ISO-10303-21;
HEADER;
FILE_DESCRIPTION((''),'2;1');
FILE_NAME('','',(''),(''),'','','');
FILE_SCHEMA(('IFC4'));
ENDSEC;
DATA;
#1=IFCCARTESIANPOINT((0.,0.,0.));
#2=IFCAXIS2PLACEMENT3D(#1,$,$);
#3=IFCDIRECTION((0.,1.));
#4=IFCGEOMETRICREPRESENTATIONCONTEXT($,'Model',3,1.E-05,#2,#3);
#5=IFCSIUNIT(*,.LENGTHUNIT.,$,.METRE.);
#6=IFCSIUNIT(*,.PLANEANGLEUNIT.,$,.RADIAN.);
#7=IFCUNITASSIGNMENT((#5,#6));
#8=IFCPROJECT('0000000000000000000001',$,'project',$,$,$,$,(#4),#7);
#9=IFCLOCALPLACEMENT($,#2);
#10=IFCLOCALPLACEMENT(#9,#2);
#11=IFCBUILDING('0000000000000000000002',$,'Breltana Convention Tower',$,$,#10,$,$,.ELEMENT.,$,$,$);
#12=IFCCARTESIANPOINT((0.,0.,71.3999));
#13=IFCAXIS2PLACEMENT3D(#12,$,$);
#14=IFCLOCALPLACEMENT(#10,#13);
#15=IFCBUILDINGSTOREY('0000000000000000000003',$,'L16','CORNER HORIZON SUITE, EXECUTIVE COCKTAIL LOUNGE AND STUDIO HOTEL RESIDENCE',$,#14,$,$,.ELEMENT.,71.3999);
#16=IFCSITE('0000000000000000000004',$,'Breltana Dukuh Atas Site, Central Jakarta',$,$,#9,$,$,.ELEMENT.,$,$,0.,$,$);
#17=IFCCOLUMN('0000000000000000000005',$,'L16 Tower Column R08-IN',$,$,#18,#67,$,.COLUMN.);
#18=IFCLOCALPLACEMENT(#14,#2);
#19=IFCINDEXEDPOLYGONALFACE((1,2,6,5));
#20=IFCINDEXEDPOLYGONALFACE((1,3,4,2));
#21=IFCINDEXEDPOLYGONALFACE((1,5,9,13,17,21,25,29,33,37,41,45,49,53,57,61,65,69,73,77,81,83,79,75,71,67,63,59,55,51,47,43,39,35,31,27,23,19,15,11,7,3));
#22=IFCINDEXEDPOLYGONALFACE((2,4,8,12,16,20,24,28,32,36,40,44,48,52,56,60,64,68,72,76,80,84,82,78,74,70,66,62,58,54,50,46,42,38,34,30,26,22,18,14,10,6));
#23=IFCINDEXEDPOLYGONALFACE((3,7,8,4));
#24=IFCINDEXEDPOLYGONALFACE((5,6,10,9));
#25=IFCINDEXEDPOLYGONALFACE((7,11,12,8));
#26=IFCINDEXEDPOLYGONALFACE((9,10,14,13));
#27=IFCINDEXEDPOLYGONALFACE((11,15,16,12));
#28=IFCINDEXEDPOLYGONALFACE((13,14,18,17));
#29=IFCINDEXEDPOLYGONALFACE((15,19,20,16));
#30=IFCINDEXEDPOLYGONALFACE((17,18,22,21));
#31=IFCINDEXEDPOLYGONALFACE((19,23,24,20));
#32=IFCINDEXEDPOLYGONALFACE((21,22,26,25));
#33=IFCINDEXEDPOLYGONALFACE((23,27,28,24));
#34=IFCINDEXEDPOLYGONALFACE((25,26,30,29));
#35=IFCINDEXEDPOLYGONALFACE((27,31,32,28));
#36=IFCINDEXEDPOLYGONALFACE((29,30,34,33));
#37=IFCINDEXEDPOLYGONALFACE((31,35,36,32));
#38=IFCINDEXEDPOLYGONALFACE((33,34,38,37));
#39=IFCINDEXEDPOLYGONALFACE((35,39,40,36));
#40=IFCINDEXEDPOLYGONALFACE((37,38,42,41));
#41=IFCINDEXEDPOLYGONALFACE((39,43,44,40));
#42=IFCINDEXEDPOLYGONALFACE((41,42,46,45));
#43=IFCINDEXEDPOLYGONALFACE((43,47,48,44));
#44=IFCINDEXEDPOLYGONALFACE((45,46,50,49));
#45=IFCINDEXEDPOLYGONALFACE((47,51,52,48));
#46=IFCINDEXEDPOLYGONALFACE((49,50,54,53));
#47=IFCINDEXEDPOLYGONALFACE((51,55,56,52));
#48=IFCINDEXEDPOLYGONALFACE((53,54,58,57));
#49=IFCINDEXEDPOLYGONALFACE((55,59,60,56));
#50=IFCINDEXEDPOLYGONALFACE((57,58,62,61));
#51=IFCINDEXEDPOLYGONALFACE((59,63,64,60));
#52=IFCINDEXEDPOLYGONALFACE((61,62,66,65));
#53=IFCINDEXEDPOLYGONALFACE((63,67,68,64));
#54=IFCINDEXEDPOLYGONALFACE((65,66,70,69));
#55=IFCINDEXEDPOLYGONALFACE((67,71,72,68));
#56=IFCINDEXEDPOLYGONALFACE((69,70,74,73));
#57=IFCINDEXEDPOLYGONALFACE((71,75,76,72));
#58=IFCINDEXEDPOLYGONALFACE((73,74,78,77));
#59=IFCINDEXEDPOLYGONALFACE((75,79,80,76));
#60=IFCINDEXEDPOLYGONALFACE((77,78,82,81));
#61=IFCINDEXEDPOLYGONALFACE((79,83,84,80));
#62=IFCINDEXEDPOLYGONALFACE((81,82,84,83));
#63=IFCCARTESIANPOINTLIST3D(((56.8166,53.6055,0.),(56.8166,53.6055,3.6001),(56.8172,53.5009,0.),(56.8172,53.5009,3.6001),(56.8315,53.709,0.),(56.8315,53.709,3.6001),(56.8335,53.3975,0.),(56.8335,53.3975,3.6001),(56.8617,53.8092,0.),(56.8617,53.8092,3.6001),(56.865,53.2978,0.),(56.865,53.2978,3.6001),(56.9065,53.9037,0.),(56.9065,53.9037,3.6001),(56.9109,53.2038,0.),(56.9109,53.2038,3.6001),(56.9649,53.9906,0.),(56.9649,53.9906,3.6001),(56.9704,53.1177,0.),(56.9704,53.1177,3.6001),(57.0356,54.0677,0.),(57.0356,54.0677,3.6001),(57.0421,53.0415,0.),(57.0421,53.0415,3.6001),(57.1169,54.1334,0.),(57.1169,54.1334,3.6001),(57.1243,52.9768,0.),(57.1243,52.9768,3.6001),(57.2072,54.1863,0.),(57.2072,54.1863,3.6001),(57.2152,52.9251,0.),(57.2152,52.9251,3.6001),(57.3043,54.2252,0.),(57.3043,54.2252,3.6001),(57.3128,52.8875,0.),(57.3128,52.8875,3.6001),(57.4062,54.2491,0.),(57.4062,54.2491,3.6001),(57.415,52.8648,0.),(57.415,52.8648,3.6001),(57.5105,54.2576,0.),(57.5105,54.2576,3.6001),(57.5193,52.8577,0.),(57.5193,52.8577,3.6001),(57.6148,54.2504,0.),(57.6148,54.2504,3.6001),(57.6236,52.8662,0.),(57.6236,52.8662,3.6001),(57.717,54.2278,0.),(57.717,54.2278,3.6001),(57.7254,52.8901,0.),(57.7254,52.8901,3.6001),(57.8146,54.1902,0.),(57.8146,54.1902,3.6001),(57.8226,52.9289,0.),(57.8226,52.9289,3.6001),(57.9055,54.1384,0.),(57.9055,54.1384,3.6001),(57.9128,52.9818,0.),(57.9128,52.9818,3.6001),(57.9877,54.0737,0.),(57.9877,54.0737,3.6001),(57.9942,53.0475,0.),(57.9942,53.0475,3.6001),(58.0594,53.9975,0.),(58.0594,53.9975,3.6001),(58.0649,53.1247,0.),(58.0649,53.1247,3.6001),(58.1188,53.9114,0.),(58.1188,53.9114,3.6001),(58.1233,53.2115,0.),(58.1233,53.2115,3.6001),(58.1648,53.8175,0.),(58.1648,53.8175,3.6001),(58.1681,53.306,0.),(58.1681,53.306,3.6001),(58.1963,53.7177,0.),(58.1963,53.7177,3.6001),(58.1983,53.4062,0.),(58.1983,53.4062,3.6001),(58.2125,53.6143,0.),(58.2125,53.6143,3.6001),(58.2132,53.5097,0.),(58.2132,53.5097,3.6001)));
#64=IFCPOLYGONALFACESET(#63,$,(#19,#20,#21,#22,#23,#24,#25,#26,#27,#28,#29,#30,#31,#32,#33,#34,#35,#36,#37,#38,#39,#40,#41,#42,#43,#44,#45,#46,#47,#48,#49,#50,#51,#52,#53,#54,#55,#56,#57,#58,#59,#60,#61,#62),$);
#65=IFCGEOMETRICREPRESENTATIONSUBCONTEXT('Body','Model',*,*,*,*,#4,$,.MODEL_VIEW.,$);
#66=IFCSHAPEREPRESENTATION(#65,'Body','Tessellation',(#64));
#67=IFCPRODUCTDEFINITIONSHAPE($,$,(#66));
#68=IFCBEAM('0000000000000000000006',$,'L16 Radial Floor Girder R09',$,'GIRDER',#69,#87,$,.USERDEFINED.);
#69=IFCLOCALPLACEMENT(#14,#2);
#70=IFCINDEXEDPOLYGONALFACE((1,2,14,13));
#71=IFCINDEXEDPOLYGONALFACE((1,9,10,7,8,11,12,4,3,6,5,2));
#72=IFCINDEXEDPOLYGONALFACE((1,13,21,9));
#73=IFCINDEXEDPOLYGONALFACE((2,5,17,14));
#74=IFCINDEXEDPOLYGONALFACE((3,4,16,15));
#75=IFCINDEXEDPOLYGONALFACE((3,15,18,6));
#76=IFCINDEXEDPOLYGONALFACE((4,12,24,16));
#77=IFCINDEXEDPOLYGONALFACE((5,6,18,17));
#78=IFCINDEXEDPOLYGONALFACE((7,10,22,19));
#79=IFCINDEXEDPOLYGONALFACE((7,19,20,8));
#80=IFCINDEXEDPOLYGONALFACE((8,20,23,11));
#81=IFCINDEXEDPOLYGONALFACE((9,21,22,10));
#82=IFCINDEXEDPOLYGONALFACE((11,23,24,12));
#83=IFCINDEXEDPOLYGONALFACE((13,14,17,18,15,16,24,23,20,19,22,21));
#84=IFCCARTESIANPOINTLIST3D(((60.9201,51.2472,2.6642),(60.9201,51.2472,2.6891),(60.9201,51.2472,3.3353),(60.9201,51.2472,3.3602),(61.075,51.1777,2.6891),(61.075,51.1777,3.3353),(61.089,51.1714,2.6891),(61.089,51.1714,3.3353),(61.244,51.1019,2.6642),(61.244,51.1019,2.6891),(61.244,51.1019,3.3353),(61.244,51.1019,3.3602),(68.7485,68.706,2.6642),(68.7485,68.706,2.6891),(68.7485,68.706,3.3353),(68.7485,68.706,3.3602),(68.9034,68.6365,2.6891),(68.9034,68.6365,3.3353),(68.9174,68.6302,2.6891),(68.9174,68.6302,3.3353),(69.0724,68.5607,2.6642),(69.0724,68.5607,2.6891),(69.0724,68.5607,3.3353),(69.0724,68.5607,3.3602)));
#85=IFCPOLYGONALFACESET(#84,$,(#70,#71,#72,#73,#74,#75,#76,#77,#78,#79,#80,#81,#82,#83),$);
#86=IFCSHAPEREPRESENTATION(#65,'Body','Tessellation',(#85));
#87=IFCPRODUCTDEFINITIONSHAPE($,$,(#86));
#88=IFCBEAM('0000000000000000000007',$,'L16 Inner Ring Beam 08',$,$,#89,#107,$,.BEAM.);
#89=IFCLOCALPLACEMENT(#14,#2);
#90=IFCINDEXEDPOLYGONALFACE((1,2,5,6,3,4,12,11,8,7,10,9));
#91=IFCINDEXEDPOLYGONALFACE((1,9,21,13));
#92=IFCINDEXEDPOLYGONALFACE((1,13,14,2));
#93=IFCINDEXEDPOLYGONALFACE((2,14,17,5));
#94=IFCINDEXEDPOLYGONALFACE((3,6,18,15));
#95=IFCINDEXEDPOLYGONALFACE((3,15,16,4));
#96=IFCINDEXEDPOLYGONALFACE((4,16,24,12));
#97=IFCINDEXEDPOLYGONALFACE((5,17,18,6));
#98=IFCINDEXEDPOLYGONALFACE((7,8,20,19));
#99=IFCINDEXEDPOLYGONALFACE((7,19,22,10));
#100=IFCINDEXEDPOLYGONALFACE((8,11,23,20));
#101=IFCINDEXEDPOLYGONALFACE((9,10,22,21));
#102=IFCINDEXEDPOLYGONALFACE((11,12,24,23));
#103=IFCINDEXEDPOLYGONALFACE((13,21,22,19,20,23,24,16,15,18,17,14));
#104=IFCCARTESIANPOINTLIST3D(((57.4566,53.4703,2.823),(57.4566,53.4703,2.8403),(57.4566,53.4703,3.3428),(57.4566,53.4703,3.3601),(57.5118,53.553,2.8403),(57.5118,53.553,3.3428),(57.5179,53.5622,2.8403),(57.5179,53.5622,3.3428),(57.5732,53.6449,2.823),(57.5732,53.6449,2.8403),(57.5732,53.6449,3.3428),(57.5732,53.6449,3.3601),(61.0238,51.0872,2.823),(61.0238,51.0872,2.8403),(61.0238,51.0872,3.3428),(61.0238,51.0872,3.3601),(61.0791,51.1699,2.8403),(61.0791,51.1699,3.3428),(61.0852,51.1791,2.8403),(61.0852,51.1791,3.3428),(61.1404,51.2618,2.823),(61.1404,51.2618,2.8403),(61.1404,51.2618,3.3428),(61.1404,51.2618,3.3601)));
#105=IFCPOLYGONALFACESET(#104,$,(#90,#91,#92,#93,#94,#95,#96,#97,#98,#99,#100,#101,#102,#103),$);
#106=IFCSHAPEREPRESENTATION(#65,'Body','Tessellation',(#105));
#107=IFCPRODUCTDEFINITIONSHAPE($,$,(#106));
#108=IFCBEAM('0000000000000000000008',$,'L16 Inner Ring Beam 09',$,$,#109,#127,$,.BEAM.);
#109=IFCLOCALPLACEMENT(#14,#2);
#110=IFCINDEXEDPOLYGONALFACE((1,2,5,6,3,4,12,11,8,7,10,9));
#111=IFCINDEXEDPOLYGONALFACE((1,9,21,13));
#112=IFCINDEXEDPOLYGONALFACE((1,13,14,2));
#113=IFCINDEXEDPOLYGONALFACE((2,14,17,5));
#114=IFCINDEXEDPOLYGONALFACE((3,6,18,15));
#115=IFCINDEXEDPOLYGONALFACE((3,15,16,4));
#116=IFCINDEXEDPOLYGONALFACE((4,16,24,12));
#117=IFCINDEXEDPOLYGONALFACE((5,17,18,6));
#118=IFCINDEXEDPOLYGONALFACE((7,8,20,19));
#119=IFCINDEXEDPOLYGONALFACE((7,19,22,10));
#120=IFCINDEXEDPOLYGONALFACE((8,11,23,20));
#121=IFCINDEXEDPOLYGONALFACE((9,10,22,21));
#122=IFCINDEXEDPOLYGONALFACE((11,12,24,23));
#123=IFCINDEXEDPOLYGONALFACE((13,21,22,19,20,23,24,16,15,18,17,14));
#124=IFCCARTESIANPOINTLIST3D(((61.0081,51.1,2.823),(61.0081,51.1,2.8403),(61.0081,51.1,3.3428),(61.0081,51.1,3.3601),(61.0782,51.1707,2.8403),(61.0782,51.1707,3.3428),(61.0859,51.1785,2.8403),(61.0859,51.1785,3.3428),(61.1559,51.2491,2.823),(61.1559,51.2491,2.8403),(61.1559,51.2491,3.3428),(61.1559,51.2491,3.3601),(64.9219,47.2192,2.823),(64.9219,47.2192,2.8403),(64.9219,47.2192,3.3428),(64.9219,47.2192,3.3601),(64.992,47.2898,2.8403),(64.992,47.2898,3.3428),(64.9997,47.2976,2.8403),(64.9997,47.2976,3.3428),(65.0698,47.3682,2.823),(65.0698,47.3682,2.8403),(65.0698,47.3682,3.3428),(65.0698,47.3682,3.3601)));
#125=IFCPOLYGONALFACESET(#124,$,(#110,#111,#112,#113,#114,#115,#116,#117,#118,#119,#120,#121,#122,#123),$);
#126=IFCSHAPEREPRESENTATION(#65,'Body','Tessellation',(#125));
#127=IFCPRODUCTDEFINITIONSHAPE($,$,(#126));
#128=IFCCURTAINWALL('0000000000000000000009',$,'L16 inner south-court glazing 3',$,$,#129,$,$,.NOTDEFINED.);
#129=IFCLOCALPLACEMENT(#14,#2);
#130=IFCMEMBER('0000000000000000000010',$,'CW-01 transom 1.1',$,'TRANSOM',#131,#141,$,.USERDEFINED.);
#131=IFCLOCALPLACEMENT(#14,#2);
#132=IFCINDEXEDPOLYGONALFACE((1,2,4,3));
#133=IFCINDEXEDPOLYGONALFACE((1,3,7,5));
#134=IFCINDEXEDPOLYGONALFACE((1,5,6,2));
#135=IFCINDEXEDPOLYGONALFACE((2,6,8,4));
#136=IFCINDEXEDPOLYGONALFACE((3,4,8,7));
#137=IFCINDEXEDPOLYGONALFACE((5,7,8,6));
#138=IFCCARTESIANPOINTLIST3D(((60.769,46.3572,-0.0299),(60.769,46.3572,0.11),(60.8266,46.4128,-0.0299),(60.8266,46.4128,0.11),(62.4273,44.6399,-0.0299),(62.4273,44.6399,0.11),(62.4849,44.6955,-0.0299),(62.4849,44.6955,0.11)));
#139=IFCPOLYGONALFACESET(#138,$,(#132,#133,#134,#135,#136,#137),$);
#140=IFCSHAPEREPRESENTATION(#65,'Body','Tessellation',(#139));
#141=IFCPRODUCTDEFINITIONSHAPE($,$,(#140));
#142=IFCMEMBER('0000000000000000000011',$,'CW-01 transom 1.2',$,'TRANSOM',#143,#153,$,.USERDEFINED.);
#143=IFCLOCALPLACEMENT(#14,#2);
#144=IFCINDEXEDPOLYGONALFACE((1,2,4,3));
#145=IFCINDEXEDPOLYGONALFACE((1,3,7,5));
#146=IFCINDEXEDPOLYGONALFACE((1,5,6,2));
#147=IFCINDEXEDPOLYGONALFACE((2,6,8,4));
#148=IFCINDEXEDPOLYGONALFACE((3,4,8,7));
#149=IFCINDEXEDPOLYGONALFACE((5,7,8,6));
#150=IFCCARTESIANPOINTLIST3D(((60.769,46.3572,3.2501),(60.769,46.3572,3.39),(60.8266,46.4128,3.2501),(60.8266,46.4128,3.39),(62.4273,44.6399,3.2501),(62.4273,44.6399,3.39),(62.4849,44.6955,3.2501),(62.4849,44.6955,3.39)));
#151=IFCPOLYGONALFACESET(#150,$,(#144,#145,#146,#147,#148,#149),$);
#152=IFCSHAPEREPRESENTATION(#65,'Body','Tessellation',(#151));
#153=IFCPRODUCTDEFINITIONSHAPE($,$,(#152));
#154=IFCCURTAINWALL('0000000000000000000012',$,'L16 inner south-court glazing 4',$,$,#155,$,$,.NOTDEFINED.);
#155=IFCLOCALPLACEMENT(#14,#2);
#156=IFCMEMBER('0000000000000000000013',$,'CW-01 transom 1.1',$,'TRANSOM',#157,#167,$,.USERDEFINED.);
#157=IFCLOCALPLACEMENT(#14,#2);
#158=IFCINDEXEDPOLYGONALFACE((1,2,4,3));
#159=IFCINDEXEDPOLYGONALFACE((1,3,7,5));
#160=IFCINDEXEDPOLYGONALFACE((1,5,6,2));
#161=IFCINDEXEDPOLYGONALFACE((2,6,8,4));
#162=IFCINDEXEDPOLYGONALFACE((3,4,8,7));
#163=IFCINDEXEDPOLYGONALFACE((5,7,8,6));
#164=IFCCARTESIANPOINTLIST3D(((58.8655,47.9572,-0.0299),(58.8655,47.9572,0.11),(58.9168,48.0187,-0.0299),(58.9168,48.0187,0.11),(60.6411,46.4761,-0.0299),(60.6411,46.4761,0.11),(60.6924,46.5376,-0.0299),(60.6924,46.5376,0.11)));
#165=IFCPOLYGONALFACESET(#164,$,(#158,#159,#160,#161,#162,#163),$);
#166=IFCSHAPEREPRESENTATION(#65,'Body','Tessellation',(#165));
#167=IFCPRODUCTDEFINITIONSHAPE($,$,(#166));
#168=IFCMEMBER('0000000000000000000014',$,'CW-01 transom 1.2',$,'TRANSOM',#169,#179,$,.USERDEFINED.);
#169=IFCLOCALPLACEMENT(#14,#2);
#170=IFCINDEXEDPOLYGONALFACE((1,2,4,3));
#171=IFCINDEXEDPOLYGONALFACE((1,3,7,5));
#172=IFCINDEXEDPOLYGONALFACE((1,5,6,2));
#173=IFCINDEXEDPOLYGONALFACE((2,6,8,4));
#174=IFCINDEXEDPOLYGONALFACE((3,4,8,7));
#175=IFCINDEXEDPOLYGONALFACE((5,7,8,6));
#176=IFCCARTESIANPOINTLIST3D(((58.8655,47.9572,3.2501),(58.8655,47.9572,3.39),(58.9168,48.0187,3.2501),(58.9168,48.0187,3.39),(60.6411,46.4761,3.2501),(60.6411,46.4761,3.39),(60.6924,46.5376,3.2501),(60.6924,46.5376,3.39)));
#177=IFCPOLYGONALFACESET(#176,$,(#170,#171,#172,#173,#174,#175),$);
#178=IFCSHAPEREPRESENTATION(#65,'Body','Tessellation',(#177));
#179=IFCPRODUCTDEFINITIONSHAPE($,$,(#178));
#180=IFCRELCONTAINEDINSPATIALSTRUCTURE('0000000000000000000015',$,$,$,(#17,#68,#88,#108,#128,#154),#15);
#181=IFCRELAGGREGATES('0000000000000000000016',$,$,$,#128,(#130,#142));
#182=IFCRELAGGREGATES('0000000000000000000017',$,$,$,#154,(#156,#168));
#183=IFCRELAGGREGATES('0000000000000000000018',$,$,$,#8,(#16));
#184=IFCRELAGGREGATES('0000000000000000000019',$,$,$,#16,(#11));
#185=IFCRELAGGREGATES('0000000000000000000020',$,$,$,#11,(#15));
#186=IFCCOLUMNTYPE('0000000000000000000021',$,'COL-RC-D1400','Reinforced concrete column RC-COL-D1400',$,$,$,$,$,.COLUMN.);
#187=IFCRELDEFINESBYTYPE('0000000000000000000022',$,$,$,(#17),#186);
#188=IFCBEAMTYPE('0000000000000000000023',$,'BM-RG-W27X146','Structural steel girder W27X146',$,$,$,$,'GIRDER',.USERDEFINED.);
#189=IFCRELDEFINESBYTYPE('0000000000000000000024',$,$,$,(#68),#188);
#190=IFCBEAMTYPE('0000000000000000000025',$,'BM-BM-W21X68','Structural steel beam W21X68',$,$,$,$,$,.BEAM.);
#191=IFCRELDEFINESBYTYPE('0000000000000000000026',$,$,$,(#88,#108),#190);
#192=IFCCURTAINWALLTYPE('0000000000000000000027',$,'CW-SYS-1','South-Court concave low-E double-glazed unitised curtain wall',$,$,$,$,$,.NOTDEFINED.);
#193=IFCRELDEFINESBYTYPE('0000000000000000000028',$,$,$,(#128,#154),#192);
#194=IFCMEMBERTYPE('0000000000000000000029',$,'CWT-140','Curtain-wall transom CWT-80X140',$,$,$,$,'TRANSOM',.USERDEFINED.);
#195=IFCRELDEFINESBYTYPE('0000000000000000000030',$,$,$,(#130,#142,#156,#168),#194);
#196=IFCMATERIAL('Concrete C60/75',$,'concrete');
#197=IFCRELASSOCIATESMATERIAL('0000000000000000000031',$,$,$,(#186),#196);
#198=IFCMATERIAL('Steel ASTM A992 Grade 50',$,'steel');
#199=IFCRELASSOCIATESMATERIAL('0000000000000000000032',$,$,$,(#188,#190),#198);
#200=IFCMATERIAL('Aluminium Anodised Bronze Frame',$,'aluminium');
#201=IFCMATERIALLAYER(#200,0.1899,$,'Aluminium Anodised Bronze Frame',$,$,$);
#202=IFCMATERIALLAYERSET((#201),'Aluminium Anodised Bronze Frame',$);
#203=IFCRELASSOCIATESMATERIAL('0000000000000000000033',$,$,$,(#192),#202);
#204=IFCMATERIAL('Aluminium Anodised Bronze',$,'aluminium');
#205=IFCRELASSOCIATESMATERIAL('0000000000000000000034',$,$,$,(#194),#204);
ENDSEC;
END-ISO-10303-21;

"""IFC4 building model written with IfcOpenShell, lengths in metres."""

from ifc_helpers import new_model, si_unit, direction, frame, origin, origin_2d, place, context, subcontext, project, spatial, rectangle, circle, i_section, extrude, source, transform, mapped, material, layer, layer_set, material_profile, profile_set, type_object, type_shapes, element, aggregate, save


model = new_model("IFC4")

# Units and contexts
model_context = context("Model", 3, precision=1e-05, world=origin(), true_north=direction((0.0, 1.0)))
body_context = subcontext(model_context, "Body", "Model", "MODEL_VIEW")
ifc_project = project(units=[si_unit("LENGTHUNIT", "METRE"), si_unit("PLANEANGLEUNIT", "RADIAN")], contexts=[model_context])

# Site, building, storey
site_placement = place(None, origin())
site = spatial("IfcSite", under=ifc_project, at=site_placement, Name="Breltana Dukuh Atas Site, Central Jakarta", CompositionType="ELEMENT", RefElevation=0.0)
building_placement = place(site_placement, origin())
building = spatial("IfcBuilding", under=site, at=building_placement, Name="Breltana Convention Tower", CompositionType="ELEMENT")
storey_placement = place(building_placement, frame((0.0, 0.0, 71.3999)))
storey = spatial("IfcBuildingStorey", under=building, at=storey_placement, Name="L16", Description="CORNER HORIZON SUITE, EXECUTIVE COCKTAIL LOUNGE AND STUDIO HOTEL RESIDENCE", CompositionType="ELEMENT", Elevation=71.3999)

# Column
ifc_material_1 = material(Name="Concrete C60/75", Category="concrete")
ifc_material_profile_1 = material_profile(ifc_material_1, circle(Radius=0.7, at=origin_2d()), Name="RC-COL-D1400")
ifc_profile_set_1 = profile_set([ifc_material_profile_1], Name="Concrete C60/75")
column_type = type_object("IfcColumnType", Name="COL-RC-D1400", Description="Reinforced concrete column RC-COL-D1400", PredefinedType="COLUMN", material=ifc_profile_set_1)
shared_shape_1 = source(origin(), body_context, "Body", "SweptSolid", [
    extrude(circle(Radius=0.7, at=origin_2d()), origin(), (0.0, 0.0, 1.0), 3.6001),
])
for number, where, z_axis, x_axis, name in (
    (1, (57.5149, 53.5576, 0.0), (0.0, 0.0, 1.0), (0.288698, 0.95742, 0.0), "L16 Tower Column R08-IN"),
):
    element("IfcColumn", number, at=place(storey_placement, frame(where, z_axis=z_axis, x_axis=x_axis)), inside=storey, type_object=column_type, Name=name, PredefinedType="COLUMN", context=body_context, shape_type="MappedRepresentation", body=[
        mapped(shared_shape_1, transform((0.0, 0.0, 0.0), scale=1.0)),
    ])

# Beams
ifc_material_2 = material(Name="Steel ASTM A992 Grade 50", Category="steel")
ifc_material_profile_2 = material_profile(ifc_material_2, i_section(OverallWidth=0.355, OverallDepth=0.696, WebThickness=0.0154, FlangeThickness=0.0249, at=origin_2d()), Name="W27X146")
ifc_profile_set_2 = profile_set([ifc_material_profile_2], Name="Steel ASTM A992 Grade 50")
beam_type_1 = type_object("IfcBeamType", Name="BM-RG-W27X146", Description="Structural steel girder W27X146", ElementType="GIRDER", PredefinedType="USERDEFINED", material=ifc_profile_set_2)
shared_shape_2 = source(origin(), body_context, "Body", "SweptSolid", [
    extrude(i_section(OverallWidth=0.355, OverallDepth=0.696, WebThickness=0.0154, FlangeThickness=0.0249, at=origin_2d()), origin(), (0.0, 0.0, 1.0), 19.1335),
])
beam_1_placement = place(storey_placement, frame((61.082, 51.1746, 3.0122), z_axis=(0.409145, 0.91247, 0.0), x_axis=(-0.91247, 0.409145, 0.0)))
element("IfcBeam", 2, at=beam_1_placement, inside=storey, type_object=beam_type_1, Name="L16 Radial Floor Girder R09", ObjectType="GIRDER", PredefinedType="USERDEFINED", context=body_context, shape_type="MappedRepresentation", body=[
    mapped(shared_shape_2, transform((0.0, 0.0, 0.0), scale=1.0)),
])
ifc_material_profile_3 = material_profile(ifc_material_2, i_section(OverallWidth=0.21, OverallDepth=0.5371, WebThickness=0.011, FlangeThickness=0.0173, at=origin_2d()), Name="W21X68")
ifc_profile_set_3 = profile_set([ifc_material_profile_3], Name="Steel ASTM A992 Grade 50")
beam_type_2 = type_object("IfcBeamType", Name="BM-BM-W21X68", Description="Structural steel beam W21X68", PredefinedType="BEAM", material=ifc_profile_set_3)
shared_shape_3 = source(origin(), body_context, "Body", "SweptSolid", [
    extrude(i_section(OverallWidth=0.21, OverallDepth=0.5371, WebThickness=0.011, FlangeThickness=0.0173, at=origin_2d()), origin(), (0.0, 0.0, 1.0), 4.29),
])
beam_2_placement = place(storey_placement, frame((57.5149, 53.5576, 3.0916), z_axis=(0.831516, -0.555501, 0.0), x_axis=(0.555501, 0.831516, 0.0)))
element("IfcBeam", 3, at=beam_2_placement, inside=storey, type_object=beam_type_2, Name="L16 Inner Ring Beam 08", PredefinedType="BEAM", context=body_context, shape_type="MappedRepresentation", body=[
    mapped(shared_shape_3, transform((0.0, 0.0, 0.0), scale=1.0)),
])
shared_shape_4 = source(origin(), body_context, "Body", "SweptSolid", [
    extrude(i_section(OverallWidth=0.21, OverallDepth=0.5371, WebThickness=0.011, FlangeThickness=0.0173, at=origin_2d()), origin(), (0.0, 0.0, 1.0), 5.5117),
])
beam_3_placement = place(storey_placement, frame((61.082, 51.1746, 3.0916), z_axis=(0.71009, -0.704111, 0.0), x_axis=(0.704111, 0.71009, 0.0)))
element("IfcBeam", 4, at=beam_3_placement, inside=storey, type_object=beam_type_2, Name="L16 Inner Ring Beam 09", PredefinedType="BEAM", context=body_context, shape_type="MappedRepresentation", body=[
    mapped(shared_shape_4, transform((0.0, 0.0, 0.0), scale=1.0)),
])

# Curtain walls, members
ifc_material_3 = material(Name="Aluminium Anodised Bronze Frame", Category="aluminium")
ifc_layer_1 = layer(ifc_material_3, 0.1899, Name="Aluminium Anodised Bronze Frame")
ifc_layer_set_1 = layer_set([ifc_layer_1], Name="Aluminium Anodised Bronze Frame")
curtain_wall_type = type_object("IfcCurtainWallType", Name="CW-SYS-1", Description="South-Court concave low-E double-glazed unitised curtain wall", PredefinedType="NOTDEFINED", material=ifc_layer_set_1)
curtain_wall_1_placement = place(storey_placement, origin())
curtain_wall_1 = element("IfcCurtainWall", 5, at=curtain_wall_1_placement, inside=storey, type_object=curtain_wall_type, Name="L16 inner south-court glazing 3", PredefinedType="NOTDEFINED")
ifc_material_4 = material(Name="Aluminium Anodised Bronze", Category="aluminium")
ifc_material_profile_4 = material_profile(ifc_material_4, rectangle(XDim=0.0801, YDim=0.1399, at=origin_2d()), Name="CWT-80X140")
ifc_profile_set_4 = profile_set([ifc_material_profile_4], Name="Aluminium Anodised Bronze")
member_type_1 = type_object("IfcMemberType", Name="CWT-140", Description="Curtain-wall transom CWT-80X140", ElementType="TRANSOM", PredefinedType="USERDEFINED", material=ifc_profile_set_4)
shared_shape_5 = source(origin(), body_context, "Body", "SweptSolid", [
    extrude(rectangle(XDim=0.0801, YDim=0.1399, at=origin_2d()), origin(), (0.0, 0.0, 1.0), 2.3872),
])
type_shapes(member_type_1, [shared_shape_5])
member_1_placement = place(storey_placement, frame((62.4561, 44.6677, 0.04), z_axis=(-0.694624, 0.719373, 0.0), x_axis=(-0.719373, -0.694624, 0.0)))
member_1 = element("IfcMember", 6, at=member_1_placement, type_object=member_type_1, Name="CW-01 transom 1.1", ObjectType="TRANSOM", PredefinedType="USERDEFINED", context=body_context, shape_type="MappedRepresentation", body=[
    mapped(shared_shape_5, transform((0.0, 0.0, 0.0), scale=1.0)),
])
member_2_placement = place(storey_placement, frame((62.4561, 44.6677, 3.3201), z_axis=(-0.694624, 0.719373, 0.0), x_axis=(-0.719373, -0.694624, 0.0)))
member_2 = element("IfcMember", 7, at=member_2_placement, type_object=member_type_1, Name="CW-01 transom 1.2", ObjectType="TRANSOM", PredefinedType="USERDEFINED", context=body_context, shape_type="MappedRepresentation", body=[
    mapped(shared_shape_5, transform((0.0, 0.0, 0.0), scale=1.0)),
])
curtain_wall_2_placement = place(storey_placement, origin())
curtain_wall_2 = element("IfcCurtainWall", 8, at=curtain_wall_2_placement, inside=storey, type_object=curtain_wall_type, Name="L16 inner south-court glazing 4", PredefinedType="NOTDEFINED")
shared_shape_6 = source(origin(), body_context, "Body", "SweptSolid", [
    extrude(rectangle(XDim=0.0801, YDim=0.1399, at=origin_2d()), origin(), (0.0, 0.0, 1.0), 2.3123),
])
member_3_placement = place(storey_placement, frame((60.6667, 46.5068, 0.04), z_axis=(-0.767901, 0.640569, 0.0), x_axis=(-0.640569, -0.767901, 0.0)))
member_3 = element("IfcMember", 9, at=member_3_placement, type_object=member_type_1, Name="CW-01 transom 1.1", ObjectType="TRANSOM", PredefinedType="USERDEFINED", context=body_context, shape_type="MappedRepresentation", body=[
    mapped(shared_shape_6, transform((0.0, 0.0, 0.0), scale=1.0)),
])
member_4_placement = place(storey_placement, frame((60.6667, 46.5068, 3.3201), z_axis=(-0.767901, 0.640569, 0.0), x_axis=(-0.640569, -0.767901, 0.0)))
member_4 = element("IfcMember", 10, at=member_4_placement, type_object=member_type_1, Name="CW-01 transom 1.2", ObjectType="TRANSOM", PredefinedType="USERDEFINED", context=body_context, shape_type="MappedRepresentation", body=[
    mapped(shared_shape_6, transform((0.0, 0.0, 0.0), scale=1.0)),
])

aggregate(curtain_wall_1, [member_1, member_2])
aggregate(curtain_wall_2, [member_3, member_4])

save(model, "model.ifc")
